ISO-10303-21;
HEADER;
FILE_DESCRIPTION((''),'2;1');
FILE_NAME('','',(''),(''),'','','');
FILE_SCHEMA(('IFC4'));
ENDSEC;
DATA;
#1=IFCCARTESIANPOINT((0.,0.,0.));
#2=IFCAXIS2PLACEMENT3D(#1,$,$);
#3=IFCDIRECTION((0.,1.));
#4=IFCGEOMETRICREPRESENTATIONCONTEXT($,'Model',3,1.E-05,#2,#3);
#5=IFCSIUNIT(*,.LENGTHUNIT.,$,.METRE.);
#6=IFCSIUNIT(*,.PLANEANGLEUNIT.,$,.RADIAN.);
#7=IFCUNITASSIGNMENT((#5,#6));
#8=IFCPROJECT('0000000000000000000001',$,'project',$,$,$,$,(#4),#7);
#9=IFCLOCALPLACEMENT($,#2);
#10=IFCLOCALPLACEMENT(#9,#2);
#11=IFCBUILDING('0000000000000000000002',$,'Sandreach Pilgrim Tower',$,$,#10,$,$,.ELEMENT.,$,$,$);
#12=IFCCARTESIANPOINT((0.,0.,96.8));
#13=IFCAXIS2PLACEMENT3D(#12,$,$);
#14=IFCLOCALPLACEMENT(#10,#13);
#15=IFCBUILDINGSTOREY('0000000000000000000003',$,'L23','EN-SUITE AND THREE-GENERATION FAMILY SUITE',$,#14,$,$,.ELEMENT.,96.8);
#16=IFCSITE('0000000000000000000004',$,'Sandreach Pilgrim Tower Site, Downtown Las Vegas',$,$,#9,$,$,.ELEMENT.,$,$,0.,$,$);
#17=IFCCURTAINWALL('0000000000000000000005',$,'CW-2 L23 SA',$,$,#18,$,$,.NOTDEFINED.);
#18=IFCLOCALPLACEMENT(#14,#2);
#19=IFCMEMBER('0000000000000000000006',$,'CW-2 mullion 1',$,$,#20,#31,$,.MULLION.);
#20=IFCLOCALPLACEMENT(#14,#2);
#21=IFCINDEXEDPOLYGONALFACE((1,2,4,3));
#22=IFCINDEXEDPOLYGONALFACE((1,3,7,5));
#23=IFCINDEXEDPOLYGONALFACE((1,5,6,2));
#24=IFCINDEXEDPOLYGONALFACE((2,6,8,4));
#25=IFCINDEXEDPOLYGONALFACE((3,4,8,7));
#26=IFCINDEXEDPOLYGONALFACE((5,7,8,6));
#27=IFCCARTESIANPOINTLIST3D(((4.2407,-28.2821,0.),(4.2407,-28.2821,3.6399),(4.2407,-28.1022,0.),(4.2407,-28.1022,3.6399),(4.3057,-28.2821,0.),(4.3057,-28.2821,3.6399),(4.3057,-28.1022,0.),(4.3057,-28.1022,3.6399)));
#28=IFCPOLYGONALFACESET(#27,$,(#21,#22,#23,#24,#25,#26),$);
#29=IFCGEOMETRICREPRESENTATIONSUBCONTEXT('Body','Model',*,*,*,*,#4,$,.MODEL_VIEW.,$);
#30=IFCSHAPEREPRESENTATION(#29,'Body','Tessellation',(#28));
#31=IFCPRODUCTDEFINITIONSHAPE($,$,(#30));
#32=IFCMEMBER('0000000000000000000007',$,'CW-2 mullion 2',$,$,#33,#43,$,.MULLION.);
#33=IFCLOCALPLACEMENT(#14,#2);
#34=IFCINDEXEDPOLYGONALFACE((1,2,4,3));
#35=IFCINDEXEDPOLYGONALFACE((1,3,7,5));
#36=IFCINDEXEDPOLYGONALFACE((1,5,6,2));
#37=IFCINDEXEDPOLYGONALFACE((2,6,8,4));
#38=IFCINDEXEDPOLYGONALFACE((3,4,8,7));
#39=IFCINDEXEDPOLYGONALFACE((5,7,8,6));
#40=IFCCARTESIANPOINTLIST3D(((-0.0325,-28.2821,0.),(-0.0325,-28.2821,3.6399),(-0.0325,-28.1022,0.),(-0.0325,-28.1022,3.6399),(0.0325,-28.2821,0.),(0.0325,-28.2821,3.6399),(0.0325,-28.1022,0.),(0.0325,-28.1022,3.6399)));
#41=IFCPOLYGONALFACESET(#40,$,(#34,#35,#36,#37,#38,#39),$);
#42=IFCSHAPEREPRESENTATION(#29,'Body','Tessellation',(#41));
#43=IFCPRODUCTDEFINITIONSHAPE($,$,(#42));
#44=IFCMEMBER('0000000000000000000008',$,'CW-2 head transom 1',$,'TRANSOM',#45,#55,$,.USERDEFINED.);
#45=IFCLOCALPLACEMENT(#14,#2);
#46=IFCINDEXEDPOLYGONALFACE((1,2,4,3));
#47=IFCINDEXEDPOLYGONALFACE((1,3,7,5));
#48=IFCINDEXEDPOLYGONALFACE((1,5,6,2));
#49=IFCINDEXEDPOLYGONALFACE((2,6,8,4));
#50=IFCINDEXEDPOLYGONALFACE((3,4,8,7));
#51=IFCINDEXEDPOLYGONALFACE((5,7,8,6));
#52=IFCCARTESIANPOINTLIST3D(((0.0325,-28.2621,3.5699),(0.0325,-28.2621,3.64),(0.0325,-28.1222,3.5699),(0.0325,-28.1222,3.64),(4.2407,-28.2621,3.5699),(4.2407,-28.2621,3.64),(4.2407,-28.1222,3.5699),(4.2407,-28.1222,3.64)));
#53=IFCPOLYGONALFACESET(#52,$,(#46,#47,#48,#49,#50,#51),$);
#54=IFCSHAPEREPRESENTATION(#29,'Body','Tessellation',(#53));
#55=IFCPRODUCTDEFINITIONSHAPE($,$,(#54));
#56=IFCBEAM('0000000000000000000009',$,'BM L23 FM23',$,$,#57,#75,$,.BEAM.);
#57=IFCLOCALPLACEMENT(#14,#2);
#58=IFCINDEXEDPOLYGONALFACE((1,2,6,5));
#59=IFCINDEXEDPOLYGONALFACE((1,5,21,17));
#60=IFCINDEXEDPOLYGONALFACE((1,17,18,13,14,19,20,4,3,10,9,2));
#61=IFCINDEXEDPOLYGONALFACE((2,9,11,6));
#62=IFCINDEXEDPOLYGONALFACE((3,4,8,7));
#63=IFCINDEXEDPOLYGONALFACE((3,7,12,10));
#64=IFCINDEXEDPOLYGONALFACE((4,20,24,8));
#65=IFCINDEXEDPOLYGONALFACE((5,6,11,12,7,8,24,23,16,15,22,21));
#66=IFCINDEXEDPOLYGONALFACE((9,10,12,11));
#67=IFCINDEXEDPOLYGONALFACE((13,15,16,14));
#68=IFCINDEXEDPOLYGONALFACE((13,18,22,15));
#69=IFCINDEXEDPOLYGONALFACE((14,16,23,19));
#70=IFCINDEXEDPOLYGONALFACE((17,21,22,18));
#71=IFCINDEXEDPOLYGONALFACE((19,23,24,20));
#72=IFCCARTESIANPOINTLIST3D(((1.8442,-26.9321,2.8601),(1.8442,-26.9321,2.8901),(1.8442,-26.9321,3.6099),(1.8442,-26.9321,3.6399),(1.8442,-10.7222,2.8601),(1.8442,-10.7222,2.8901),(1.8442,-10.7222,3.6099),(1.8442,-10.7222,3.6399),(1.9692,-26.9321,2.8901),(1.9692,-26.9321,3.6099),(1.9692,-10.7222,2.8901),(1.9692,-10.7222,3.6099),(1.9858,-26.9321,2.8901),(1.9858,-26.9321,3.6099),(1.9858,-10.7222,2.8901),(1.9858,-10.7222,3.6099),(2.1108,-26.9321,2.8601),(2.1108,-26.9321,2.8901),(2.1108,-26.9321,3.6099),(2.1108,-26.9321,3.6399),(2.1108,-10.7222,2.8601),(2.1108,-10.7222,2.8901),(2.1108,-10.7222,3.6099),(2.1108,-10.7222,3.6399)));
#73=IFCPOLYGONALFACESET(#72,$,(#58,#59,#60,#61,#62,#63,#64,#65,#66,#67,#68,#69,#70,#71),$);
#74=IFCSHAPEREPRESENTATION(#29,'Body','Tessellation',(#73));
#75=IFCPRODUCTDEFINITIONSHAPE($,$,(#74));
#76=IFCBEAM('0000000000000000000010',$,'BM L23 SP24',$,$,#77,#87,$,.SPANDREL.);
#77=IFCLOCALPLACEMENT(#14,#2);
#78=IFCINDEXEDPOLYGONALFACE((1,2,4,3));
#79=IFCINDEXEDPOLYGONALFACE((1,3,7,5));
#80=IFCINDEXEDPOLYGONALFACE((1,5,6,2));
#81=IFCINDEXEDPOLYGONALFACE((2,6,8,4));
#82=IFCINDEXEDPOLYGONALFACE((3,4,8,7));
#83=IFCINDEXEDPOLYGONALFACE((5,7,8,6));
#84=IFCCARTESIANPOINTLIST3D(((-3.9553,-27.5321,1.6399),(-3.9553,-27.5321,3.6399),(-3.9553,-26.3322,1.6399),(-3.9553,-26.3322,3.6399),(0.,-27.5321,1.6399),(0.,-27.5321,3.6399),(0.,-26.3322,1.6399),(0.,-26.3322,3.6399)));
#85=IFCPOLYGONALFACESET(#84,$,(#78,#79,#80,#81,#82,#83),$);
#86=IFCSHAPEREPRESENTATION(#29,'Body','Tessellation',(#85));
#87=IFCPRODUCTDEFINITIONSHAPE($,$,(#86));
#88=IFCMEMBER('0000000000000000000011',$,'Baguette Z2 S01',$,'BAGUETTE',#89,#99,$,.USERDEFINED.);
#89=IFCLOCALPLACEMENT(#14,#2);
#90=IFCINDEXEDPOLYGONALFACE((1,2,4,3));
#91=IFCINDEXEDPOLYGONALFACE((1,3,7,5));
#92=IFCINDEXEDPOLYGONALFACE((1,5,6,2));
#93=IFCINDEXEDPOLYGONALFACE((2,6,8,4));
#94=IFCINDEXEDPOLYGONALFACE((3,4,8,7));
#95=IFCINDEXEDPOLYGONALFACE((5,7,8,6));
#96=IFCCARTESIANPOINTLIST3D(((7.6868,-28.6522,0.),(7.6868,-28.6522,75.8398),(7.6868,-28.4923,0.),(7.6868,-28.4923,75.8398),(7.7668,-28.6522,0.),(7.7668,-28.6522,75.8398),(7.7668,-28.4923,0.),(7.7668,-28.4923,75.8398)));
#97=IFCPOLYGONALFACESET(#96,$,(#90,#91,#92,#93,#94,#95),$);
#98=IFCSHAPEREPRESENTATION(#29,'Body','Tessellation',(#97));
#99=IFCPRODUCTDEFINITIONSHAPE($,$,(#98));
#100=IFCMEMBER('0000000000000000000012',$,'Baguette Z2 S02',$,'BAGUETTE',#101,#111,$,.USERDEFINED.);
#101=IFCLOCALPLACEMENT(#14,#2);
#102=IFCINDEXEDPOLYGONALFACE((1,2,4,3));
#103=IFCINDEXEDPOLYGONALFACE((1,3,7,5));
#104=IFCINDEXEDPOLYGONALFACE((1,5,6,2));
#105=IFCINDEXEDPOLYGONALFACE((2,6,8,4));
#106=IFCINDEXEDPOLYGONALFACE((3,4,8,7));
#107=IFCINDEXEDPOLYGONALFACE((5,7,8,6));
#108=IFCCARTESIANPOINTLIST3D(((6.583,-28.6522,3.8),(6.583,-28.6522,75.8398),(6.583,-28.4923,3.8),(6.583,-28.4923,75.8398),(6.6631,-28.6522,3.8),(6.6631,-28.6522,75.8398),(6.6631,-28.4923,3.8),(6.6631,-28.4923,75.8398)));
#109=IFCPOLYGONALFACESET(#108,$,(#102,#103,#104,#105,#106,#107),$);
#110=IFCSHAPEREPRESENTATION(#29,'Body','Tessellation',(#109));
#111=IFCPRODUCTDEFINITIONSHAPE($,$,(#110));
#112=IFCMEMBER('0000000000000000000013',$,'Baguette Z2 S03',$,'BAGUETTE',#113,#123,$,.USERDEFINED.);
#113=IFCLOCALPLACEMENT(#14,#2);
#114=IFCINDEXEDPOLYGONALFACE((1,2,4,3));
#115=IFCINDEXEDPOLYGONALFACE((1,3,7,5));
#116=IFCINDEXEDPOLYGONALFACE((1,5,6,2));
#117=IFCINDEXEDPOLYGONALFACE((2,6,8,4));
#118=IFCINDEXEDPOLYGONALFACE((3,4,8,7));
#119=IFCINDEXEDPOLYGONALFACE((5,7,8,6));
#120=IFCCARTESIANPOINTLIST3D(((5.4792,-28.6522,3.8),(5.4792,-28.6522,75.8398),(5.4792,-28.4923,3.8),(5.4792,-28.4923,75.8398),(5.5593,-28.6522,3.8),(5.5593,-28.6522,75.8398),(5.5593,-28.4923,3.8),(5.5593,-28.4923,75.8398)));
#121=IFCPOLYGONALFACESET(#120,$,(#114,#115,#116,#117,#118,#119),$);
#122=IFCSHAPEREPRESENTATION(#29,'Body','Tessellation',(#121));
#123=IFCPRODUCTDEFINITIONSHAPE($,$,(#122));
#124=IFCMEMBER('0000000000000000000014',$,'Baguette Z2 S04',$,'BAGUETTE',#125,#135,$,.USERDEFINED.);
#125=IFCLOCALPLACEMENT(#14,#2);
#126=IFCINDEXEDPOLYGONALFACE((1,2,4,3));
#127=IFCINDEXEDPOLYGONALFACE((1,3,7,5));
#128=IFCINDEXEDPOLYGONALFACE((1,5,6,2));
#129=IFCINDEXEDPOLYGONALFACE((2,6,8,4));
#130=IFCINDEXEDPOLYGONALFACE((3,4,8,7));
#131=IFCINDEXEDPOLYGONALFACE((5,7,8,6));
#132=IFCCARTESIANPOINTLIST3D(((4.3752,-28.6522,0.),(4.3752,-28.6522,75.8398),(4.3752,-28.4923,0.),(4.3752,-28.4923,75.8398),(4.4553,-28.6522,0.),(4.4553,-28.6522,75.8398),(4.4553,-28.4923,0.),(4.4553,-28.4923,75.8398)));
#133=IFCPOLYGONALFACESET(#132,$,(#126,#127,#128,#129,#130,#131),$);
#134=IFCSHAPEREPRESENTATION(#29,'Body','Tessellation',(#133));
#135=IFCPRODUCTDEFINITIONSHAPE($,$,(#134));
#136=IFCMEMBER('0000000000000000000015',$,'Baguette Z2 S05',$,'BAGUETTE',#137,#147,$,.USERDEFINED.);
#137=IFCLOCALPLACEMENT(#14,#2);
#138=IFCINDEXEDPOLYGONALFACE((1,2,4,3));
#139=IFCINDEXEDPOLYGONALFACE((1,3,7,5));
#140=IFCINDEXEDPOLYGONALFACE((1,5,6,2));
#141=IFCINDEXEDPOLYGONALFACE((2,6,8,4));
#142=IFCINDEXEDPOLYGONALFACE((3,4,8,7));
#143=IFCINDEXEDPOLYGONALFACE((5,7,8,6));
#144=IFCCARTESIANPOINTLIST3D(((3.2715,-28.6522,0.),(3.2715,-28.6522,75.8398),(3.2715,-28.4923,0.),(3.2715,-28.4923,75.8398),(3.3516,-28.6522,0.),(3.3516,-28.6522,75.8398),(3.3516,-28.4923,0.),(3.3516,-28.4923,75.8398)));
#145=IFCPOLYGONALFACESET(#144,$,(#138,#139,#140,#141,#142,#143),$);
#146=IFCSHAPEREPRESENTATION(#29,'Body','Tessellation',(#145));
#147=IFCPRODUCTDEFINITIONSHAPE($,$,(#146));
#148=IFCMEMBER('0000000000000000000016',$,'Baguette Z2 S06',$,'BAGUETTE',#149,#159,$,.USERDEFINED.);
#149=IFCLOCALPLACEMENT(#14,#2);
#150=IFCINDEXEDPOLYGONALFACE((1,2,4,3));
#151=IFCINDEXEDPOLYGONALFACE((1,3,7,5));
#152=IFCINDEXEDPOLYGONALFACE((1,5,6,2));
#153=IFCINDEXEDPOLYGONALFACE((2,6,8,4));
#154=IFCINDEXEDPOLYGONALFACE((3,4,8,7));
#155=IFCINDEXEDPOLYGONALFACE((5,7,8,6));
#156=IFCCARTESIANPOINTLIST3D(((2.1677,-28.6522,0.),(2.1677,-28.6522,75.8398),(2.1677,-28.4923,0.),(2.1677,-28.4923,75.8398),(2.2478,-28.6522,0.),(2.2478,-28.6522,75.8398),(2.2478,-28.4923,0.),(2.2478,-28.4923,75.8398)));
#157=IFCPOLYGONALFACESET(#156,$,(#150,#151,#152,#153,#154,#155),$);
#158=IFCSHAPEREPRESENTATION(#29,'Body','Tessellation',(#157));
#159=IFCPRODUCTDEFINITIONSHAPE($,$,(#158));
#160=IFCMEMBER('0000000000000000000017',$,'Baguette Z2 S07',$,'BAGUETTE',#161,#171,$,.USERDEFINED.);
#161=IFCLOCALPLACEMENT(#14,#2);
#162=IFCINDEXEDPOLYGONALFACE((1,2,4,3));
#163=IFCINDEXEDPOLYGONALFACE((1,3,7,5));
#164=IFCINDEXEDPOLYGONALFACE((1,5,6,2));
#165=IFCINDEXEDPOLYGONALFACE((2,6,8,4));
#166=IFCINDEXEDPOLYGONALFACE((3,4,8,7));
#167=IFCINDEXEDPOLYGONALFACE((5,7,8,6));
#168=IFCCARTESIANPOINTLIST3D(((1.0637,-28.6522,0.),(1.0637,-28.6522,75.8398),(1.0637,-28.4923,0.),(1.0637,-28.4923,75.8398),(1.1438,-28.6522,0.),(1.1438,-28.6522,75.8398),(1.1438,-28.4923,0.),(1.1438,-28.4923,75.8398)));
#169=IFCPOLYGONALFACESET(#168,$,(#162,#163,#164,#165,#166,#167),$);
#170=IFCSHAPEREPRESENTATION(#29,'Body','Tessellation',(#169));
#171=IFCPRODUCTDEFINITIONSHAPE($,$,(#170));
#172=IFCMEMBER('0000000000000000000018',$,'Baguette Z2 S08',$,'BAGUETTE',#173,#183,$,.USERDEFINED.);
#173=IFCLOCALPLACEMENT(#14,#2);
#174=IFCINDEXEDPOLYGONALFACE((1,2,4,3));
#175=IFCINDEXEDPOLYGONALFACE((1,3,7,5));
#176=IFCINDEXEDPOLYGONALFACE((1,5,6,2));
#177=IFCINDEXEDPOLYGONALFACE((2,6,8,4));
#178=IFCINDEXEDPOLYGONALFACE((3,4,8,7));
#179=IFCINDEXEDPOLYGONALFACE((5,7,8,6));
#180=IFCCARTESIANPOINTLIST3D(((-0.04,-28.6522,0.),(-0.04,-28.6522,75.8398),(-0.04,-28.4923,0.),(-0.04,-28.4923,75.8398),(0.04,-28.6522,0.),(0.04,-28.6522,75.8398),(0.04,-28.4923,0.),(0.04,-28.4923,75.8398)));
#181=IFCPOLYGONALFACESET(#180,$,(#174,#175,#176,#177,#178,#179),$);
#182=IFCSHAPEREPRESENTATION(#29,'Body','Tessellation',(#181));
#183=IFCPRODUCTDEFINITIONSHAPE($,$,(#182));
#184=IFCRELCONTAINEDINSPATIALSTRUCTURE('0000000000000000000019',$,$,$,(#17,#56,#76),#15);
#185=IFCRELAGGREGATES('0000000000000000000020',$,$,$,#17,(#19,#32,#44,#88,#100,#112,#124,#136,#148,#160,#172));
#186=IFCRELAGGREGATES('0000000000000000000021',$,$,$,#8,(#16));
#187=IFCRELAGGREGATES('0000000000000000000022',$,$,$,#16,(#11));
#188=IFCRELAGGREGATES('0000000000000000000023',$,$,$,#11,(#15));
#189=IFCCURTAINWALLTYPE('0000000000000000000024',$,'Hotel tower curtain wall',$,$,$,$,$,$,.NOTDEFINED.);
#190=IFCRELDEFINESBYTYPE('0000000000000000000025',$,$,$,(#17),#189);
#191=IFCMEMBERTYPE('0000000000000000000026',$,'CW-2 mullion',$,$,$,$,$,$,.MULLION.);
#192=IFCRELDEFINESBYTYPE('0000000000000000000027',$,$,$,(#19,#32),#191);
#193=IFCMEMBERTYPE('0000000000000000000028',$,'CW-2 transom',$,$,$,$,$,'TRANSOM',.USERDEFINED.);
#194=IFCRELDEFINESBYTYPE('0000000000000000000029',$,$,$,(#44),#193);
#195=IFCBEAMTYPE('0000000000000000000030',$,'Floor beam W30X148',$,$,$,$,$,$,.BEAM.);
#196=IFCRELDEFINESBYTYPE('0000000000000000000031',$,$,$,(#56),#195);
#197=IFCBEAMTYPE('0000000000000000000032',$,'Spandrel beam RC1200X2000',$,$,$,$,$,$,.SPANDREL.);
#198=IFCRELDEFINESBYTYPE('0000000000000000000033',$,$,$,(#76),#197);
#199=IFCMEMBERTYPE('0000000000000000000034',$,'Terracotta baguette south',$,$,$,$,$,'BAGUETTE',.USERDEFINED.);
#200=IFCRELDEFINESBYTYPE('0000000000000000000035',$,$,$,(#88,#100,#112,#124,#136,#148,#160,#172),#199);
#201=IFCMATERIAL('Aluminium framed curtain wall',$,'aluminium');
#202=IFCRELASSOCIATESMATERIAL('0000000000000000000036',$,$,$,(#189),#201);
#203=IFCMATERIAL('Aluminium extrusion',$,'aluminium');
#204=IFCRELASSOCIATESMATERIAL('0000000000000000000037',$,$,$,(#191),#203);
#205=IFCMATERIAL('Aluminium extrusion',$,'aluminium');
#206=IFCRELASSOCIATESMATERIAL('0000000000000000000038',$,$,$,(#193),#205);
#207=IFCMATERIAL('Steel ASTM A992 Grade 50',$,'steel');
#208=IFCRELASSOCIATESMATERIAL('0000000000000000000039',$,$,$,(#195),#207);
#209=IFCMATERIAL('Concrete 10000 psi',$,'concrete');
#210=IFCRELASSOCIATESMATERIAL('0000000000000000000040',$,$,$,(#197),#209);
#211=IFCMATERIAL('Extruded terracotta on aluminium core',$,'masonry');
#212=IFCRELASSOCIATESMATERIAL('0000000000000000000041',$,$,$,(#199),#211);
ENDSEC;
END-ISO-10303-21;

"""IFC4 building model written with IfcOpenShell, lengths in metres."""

from ifc_helpers import new_model, si_unit, direction, frame, origin, origin_2d, place, context, subcontext, project, spatial, rectangle, i_section, extrude, material, material_profile, profile_set, type_object, element, aggregate, save


model = new_model("IFC4")

# Units and contexts
model_context = context("Model", 3, precision=1e-05, world=origin(), true_north=direction((0.0, 1.0)))
body_context = subcontext(model_context, "Body", "Model", "MODEL_VIEW")
ifc_project = project(units=[si_unit("LENGTHUNIT", "METRE"), si_unit("PLANEANGLEUNIT", "RADIAN")], contexts=[model_context])

# Site, building, storey
site_placement = place(None, origin())
site = spatial("IfcSite", under=ifc_project, at=site_placement, Name="Sandreach Pilgrim Tower Site, Downtown Las Vegas", CompositionType="ELEMENT", RefElevation=0.0)
building_placement = place(site_placement, origin())
building = spatial("IfcBuilding", under=site, at=building_placement, Name="Sandreach Pilgrim Tower", CompositionType="ELEMENT")
storey_placement = place(building_placement, frame((0.0, 0.0, 96.8)))
storey = spatial("IfcBuildingStorey", under=building, at=storey_placement, Name="L23", Description="EN-SUITE AND THREE-GENERATION FAMILY SUITE", CompositionType="ELEMENT", Elevation=96.8)

# Curtain wall, members
ifc_material_1 = material(Name="Aluminium framed curtain wall", Category="aluminium")
curtain_wall_type = type_object("IfcCurtainWallType", Name="Hotel tower curtain wall", PredefinedType="NOTDEFINED", material=ifc_material_1)
curtain_wall_placement = place(storey_placement, origin())
curtain_wall = element("IfcCurtainWall", 1, at=curtain_wall_placement, inside=storey, type_object=curtain_wall_type, Name="CW-2 L23 SA", PredefinedType="NOTDEFINED")
ifc_material_2 = material(Name="Aluminium extrusion", Category="aluminium")
ifc_material_profile_1 = material_profile(ifc_material_2, rectangle(XDim=0.0649, YDim=0.1799, at=origin_2d()), Name="CW-2M 65X180")
ifc_profile_set_1 = profile_set([ifc_material_profile_1], Name="Aluminium extrusion")
member_type_1 = type_object("IfcMemberType", Name="CW-2 mullion", PredefinedType="MULLION", material=ifc_profile_set_1)
member_1_placement = place(storey_placement, frame((4.2732, -28.1921, 0.0), z_axis=(0.0, 0.0, 1.0), x_axis=(-1.0, 0.0, 0.0)))
member_1 = element("IfcMember", 2, at=member_1_placement, type_object=member_type_1, Name="CW-2 mullion 1", PredefinedType="MULLION", context=body_context, shape_type="SweptSolid", body=[
    extrude(rectangle(XDim=0.0649, YDim=0.1799, at=origin_2d()), origin(), (0.0, 0.0, 1.0), 3.6399),
])
member_2_placement = place(storey_placement, frame((0.0, -28.1921, 0.0), z_axis=(0.0, 0.0, 1.0), x_axis=(-1.0, 0.0, 0.0)))
member_2 = element("IfcMember", 3, at=member_2_placement, type_object=member_type_1, Name="CW-2 mullion 2", PredefinedType="MULLION", context=body_context, shape_type="SweptSolid", body=[
    extrude(rectangle(XDim=0.0649, YDim=0.1799, at=origin_2d()), origin(), (0.0, 0.0, 1.0), 3.6399),
])
ifc_material_3 = material(Name="Aluminium extrusion", Category="aluminium")
ifc_material_profile_2 = material_profile(ifc_material_3, rectangle(XDim=0.1399, YDim=0.0701, at=origin_2d()), Name="CW-2T 140X70")
ifc_profile_set_2 = profile_set([ifc_material_profile_2], Name="Aluminium extrusion")
member_type_2 = type_object("IfcMemberType", Name="CW-2 transom", ElementType="TRANSOM", PredefinedType="USERDEFINED", material=ifc_profile_set_2)
member_3_placement = place(storey_placement, frame((4.2407, -28.1921, 3.605), z_axis=(-1.0, 0.0, 0.0), x_axis=(0.0, -1.0, 0.0)))
member_3 = element("IfcMember", 4, at=member_3_placement, type_object=member_type_2, Name="CW-2 head transom 1", ObjectType="TRANSOM", PredefinedType="USERDEFINED", context=body_context, shape_type="SweptSolid", body=[
    extrude(rectangle(XDim=0.1399, YDim=0.0701, at=origin_2d()), origin(), (0.0, 0.0, 1.0), 4.2083),
])

# Beams
ifc_material_4 = material(Name="Steel ASTM A992 Grade 50", Category="steel")
ifc_material_profile_3 = material_profile(ifc_material_4, i_section(OverallWidth=0.2666, OverallDepth=0.7798, WebThickness=0.0166, FlangeThickness=0.03, at=origin_2d()), Name="W30X148")
ifc_profile_set_3 = profile_set([ifc_material_profile_3], Name="Steel ASTM A992 Grade 50")
beam_type_1 = type_object("IfcBeamType", Name="Floor beam W30X148", PredefinedType="BEAM", material=ifc_profile_set_3)
beam_1_placement = place(storey_placement, frame((1.9775, -26.9321, 3.25), z_axis=(0.0, 1.0, 0.0), x_axis=(-1.0, 0.0, 0.0)))
element("IfcBeam", 5, at=beam_1_placement, inside=storey, type_object=beam_type_1, Name="BM L23 FM23", PredefinedType="BEAM", context=body_context, shape_type="SweptSolid", body=[
    extrude(i_section(OverallWidth=0.2666, OverallDepth=0.7798, WebThickness=0.0166, FlangeThickness=0.03, at=origin_2d()), origin(), (0.0, 0.0, 1.0), 16.21),
])
ifc_material_5 = material(Name="Concrete 10000 psi", Category="concrete")
ifc_material_profile_4 = material_profile(ifc_material_5, rectangle(XDim=1.2, YDim=2.0, at=origin_2d()), Name="RC1200X2000")
ifc_profile_set_4 = profile_set([ifc_material_profile_4], Name="Concrete 10000 psi")
beam_type_2 = type_object("IfcBeamType", Name="Spandrel beam RC1200X2000", PredefinedType="SPANDREL", material=ifc_profile_set_4)
beam_2_placement = place(storey_placement, frame((0.0, -26.9321, 2.6399), z_axis=(-1.0, 0.0, 0.0), x_axis=(0.0, -1.0, 0.0)))
element("IfcBeam", 6, at=beam_2_placement, inside=storey, type_object=beam_type_2, Name="BM L23 SP24", PredefinedType="SPANDREL", context=body_context, shape_type="SweptSolid", body=[
    extrude(rectangle(XDim=1.2, YDim=2.0, at=origin_2d()), origin(), (0.0, 0.0, 1.0), 3.9553),
])

# Members
ifc_material_6 = material(Name="Extruded terracotta on aluminium core", Category="masonry")
ifc_material_profile_5 = material_profile(ifc_material_6, rectangle(XDim=0.0801, YDim=0.1599, at=origin_2d()), Name="TBS 80X160")
ifc_profile_set_5 = profile_set([ifc_material_profile_5], Name="Extruded terracotta on aluminium core")
member_type_3 = type_object("IfcMemberType", Name="Terracotta baguette south", ElementType="BAGUETTE", PredefinedType="USERDEFINED", material=ifc_profile_set_5)
member_4_placement = place(storey_placement, frame((7.7268, -28.5723, 0.0), z_axis=(0.0, 0.0, 1.0), x_axis=(-1.0, 0.0, 0.0)))
member_4 = element("IfcMember", 7, at=member_4_placement, type_object=member_type_3, Name="Baguette Z2 S01", ObjectType="BAGUETTE", PredefinedType="USERDEFINED", context=body_context, shape_type="SweptSolid", body=[
    extrude(rectangle(XDim=0.0801, YDim=0.1599, at=origin_2d()), origin(), (0.0, 0.0, 1.0), 75.8398),
])
member_5_placement = place(storey_placement, frame((6.623, -28.5723, 3.8), z_axis=(0.0, 0.0, 1.0), x_axis=(-1.0, 0.0, 0.0)))
member_5 = element("IfcMember", 8, at=member_5_placement, type_object=member_type_3, Name="Baguette Z2 S02", ObjectType="BAGUETTE", PredefinedType="USERDEFINED", context=body_context, shape_type="SweptSolid", body=[
    extrude(rectangle(XDim=0.0801, YDim=0.1599, at=origin_2d()), origin(), (0.0, 0.0, 1.0), 72.0398),
])
member_6_placement = place(storey_placement, frame((5.5193, -28.5723, 3.8), z_axis=(0.0, 0.0, 1.0), x_axis=(-1.0, 0.0, 0.0)))
member_6 = element("IfcMember", 9, at=member_6_placement, type_object=member_type_3, Name="Baguette Z2 S03", ObjectType="BAGUETTE", PredefinedType="USERDEFINED", context=body_context, shape_type="SweptSolid", body=[
    extrude(rectangle(XDim=0.0801, YDim=0.1599, at=origin_2d()), origin(), (0.0, 0.0, 1.0), 72.0398),
])
member_7_placement = place(storey_placement, frame((4.4153, -28.5723, 0.0), z_axis=(0.0, 0.0, 1.0), x_axis=(-1.0, 0.0, 0.0)))
member_7 = element("IfcMember", 10, at=member_7_placement, type_object=member_type_3, Name="Baguette Z2 S04", ObjectType="BAGUETTE", PredefinedType="USERDEFINED", context=body_context, shape_type="SweptSolid", body=[
    extrude(rectangle(XDim=0.0801, YDim=0.1599, at=origin_2d()), origin(), (0.0, 0.0, 1.0), 75.8398),
])
member_8_placement = place(storey_placement, frame((3.3115, -28.5723, 0.0), z_axis=(0.0, 0.0, 1.0), x_axis=(-1.0, 0.0, 0.0)))
member_8 = element("IfcMember", 11, at=member_8_placement, type_object=member_type_3, Name="Baguette Z2 S05", ObjectType="BAGUETTE", PredefinedType="USERDEFINED", context=body_context, shape_type="SweptSolid", body=[
    extrude(rectangle(XDim=0.0801, YDim=0.1599, at=origin_2d()), origin(), (0.0, 0.0, 1.0), 75.8398),
])
member_9_placement = place(storey_placement, frame((2.2078, -28.5723, 0.0), z_axis=(0.0, 0.0, 1.0), x_axis=(-1.0, 0.0, 0.0)))
member_9 = element("IfcMember", 12, at=member_9_placement, type_object=member_type_3, Name="Baguette Z2 S06", ObjectType="BAGUETTE", PredefinedType="USERDEFINED", context=body_context, shape_type="SweptSolid", body=[
    extrude(rectangle(XDim=0.0801, YDim=0.1599, at=origin_2d()), origin(), (0.0, 0.0, 1.0), 75.8398),
])
member_10_placement = place(storey_placement, frame((1.1038, -28.5723, 0.0), z_axis=(0.0, 0.0, 1.0), x_axis=(-1.0, 0.0, 0.0)))
member_10 = element("IfcMember", 13, at=member_10_placement, type_object=member_type_3, Name="Baguette Z2 S07", ObjectType="BAGUETTE", PredefinedType="USERDEFINED", context=body_context, shape_type="SweptSolid", body=[
    extrude(rectangle(XDim=0.0801, YDim=0.1599, at=origin_2d()), origin(), (0.0, 0.0, 1.0), 75.8398),
])
member_11_placement = place(storey_placement, frame((0.0, -28.5723, 0.0), z_axis=(0.0, 0.0, 1.0), x_axis=(-1.0, 0.0, 0.0)))
member_11 = element("IfcMember", 14, at=member_11_placement, type_object=member_type_3, Name="Baguette Z2 S08", ObjectType="BAGUETTE", PredefinedType="USERDEFINED", context=body_context, shape_type="SweptSolid", body=[
    extrude(rectangle(XDim=0.0801, YDim=0.1599, at=origin_2d()), origin(), (0.0, 0.0, 1.0), 75.8398),
])

aggregate(curtain_wall, [member_1, member_2, member_3, member_4, member_5, member_6, member_7, member_8, member_9, member_10, member_11])

save(model, "model.ifc")
